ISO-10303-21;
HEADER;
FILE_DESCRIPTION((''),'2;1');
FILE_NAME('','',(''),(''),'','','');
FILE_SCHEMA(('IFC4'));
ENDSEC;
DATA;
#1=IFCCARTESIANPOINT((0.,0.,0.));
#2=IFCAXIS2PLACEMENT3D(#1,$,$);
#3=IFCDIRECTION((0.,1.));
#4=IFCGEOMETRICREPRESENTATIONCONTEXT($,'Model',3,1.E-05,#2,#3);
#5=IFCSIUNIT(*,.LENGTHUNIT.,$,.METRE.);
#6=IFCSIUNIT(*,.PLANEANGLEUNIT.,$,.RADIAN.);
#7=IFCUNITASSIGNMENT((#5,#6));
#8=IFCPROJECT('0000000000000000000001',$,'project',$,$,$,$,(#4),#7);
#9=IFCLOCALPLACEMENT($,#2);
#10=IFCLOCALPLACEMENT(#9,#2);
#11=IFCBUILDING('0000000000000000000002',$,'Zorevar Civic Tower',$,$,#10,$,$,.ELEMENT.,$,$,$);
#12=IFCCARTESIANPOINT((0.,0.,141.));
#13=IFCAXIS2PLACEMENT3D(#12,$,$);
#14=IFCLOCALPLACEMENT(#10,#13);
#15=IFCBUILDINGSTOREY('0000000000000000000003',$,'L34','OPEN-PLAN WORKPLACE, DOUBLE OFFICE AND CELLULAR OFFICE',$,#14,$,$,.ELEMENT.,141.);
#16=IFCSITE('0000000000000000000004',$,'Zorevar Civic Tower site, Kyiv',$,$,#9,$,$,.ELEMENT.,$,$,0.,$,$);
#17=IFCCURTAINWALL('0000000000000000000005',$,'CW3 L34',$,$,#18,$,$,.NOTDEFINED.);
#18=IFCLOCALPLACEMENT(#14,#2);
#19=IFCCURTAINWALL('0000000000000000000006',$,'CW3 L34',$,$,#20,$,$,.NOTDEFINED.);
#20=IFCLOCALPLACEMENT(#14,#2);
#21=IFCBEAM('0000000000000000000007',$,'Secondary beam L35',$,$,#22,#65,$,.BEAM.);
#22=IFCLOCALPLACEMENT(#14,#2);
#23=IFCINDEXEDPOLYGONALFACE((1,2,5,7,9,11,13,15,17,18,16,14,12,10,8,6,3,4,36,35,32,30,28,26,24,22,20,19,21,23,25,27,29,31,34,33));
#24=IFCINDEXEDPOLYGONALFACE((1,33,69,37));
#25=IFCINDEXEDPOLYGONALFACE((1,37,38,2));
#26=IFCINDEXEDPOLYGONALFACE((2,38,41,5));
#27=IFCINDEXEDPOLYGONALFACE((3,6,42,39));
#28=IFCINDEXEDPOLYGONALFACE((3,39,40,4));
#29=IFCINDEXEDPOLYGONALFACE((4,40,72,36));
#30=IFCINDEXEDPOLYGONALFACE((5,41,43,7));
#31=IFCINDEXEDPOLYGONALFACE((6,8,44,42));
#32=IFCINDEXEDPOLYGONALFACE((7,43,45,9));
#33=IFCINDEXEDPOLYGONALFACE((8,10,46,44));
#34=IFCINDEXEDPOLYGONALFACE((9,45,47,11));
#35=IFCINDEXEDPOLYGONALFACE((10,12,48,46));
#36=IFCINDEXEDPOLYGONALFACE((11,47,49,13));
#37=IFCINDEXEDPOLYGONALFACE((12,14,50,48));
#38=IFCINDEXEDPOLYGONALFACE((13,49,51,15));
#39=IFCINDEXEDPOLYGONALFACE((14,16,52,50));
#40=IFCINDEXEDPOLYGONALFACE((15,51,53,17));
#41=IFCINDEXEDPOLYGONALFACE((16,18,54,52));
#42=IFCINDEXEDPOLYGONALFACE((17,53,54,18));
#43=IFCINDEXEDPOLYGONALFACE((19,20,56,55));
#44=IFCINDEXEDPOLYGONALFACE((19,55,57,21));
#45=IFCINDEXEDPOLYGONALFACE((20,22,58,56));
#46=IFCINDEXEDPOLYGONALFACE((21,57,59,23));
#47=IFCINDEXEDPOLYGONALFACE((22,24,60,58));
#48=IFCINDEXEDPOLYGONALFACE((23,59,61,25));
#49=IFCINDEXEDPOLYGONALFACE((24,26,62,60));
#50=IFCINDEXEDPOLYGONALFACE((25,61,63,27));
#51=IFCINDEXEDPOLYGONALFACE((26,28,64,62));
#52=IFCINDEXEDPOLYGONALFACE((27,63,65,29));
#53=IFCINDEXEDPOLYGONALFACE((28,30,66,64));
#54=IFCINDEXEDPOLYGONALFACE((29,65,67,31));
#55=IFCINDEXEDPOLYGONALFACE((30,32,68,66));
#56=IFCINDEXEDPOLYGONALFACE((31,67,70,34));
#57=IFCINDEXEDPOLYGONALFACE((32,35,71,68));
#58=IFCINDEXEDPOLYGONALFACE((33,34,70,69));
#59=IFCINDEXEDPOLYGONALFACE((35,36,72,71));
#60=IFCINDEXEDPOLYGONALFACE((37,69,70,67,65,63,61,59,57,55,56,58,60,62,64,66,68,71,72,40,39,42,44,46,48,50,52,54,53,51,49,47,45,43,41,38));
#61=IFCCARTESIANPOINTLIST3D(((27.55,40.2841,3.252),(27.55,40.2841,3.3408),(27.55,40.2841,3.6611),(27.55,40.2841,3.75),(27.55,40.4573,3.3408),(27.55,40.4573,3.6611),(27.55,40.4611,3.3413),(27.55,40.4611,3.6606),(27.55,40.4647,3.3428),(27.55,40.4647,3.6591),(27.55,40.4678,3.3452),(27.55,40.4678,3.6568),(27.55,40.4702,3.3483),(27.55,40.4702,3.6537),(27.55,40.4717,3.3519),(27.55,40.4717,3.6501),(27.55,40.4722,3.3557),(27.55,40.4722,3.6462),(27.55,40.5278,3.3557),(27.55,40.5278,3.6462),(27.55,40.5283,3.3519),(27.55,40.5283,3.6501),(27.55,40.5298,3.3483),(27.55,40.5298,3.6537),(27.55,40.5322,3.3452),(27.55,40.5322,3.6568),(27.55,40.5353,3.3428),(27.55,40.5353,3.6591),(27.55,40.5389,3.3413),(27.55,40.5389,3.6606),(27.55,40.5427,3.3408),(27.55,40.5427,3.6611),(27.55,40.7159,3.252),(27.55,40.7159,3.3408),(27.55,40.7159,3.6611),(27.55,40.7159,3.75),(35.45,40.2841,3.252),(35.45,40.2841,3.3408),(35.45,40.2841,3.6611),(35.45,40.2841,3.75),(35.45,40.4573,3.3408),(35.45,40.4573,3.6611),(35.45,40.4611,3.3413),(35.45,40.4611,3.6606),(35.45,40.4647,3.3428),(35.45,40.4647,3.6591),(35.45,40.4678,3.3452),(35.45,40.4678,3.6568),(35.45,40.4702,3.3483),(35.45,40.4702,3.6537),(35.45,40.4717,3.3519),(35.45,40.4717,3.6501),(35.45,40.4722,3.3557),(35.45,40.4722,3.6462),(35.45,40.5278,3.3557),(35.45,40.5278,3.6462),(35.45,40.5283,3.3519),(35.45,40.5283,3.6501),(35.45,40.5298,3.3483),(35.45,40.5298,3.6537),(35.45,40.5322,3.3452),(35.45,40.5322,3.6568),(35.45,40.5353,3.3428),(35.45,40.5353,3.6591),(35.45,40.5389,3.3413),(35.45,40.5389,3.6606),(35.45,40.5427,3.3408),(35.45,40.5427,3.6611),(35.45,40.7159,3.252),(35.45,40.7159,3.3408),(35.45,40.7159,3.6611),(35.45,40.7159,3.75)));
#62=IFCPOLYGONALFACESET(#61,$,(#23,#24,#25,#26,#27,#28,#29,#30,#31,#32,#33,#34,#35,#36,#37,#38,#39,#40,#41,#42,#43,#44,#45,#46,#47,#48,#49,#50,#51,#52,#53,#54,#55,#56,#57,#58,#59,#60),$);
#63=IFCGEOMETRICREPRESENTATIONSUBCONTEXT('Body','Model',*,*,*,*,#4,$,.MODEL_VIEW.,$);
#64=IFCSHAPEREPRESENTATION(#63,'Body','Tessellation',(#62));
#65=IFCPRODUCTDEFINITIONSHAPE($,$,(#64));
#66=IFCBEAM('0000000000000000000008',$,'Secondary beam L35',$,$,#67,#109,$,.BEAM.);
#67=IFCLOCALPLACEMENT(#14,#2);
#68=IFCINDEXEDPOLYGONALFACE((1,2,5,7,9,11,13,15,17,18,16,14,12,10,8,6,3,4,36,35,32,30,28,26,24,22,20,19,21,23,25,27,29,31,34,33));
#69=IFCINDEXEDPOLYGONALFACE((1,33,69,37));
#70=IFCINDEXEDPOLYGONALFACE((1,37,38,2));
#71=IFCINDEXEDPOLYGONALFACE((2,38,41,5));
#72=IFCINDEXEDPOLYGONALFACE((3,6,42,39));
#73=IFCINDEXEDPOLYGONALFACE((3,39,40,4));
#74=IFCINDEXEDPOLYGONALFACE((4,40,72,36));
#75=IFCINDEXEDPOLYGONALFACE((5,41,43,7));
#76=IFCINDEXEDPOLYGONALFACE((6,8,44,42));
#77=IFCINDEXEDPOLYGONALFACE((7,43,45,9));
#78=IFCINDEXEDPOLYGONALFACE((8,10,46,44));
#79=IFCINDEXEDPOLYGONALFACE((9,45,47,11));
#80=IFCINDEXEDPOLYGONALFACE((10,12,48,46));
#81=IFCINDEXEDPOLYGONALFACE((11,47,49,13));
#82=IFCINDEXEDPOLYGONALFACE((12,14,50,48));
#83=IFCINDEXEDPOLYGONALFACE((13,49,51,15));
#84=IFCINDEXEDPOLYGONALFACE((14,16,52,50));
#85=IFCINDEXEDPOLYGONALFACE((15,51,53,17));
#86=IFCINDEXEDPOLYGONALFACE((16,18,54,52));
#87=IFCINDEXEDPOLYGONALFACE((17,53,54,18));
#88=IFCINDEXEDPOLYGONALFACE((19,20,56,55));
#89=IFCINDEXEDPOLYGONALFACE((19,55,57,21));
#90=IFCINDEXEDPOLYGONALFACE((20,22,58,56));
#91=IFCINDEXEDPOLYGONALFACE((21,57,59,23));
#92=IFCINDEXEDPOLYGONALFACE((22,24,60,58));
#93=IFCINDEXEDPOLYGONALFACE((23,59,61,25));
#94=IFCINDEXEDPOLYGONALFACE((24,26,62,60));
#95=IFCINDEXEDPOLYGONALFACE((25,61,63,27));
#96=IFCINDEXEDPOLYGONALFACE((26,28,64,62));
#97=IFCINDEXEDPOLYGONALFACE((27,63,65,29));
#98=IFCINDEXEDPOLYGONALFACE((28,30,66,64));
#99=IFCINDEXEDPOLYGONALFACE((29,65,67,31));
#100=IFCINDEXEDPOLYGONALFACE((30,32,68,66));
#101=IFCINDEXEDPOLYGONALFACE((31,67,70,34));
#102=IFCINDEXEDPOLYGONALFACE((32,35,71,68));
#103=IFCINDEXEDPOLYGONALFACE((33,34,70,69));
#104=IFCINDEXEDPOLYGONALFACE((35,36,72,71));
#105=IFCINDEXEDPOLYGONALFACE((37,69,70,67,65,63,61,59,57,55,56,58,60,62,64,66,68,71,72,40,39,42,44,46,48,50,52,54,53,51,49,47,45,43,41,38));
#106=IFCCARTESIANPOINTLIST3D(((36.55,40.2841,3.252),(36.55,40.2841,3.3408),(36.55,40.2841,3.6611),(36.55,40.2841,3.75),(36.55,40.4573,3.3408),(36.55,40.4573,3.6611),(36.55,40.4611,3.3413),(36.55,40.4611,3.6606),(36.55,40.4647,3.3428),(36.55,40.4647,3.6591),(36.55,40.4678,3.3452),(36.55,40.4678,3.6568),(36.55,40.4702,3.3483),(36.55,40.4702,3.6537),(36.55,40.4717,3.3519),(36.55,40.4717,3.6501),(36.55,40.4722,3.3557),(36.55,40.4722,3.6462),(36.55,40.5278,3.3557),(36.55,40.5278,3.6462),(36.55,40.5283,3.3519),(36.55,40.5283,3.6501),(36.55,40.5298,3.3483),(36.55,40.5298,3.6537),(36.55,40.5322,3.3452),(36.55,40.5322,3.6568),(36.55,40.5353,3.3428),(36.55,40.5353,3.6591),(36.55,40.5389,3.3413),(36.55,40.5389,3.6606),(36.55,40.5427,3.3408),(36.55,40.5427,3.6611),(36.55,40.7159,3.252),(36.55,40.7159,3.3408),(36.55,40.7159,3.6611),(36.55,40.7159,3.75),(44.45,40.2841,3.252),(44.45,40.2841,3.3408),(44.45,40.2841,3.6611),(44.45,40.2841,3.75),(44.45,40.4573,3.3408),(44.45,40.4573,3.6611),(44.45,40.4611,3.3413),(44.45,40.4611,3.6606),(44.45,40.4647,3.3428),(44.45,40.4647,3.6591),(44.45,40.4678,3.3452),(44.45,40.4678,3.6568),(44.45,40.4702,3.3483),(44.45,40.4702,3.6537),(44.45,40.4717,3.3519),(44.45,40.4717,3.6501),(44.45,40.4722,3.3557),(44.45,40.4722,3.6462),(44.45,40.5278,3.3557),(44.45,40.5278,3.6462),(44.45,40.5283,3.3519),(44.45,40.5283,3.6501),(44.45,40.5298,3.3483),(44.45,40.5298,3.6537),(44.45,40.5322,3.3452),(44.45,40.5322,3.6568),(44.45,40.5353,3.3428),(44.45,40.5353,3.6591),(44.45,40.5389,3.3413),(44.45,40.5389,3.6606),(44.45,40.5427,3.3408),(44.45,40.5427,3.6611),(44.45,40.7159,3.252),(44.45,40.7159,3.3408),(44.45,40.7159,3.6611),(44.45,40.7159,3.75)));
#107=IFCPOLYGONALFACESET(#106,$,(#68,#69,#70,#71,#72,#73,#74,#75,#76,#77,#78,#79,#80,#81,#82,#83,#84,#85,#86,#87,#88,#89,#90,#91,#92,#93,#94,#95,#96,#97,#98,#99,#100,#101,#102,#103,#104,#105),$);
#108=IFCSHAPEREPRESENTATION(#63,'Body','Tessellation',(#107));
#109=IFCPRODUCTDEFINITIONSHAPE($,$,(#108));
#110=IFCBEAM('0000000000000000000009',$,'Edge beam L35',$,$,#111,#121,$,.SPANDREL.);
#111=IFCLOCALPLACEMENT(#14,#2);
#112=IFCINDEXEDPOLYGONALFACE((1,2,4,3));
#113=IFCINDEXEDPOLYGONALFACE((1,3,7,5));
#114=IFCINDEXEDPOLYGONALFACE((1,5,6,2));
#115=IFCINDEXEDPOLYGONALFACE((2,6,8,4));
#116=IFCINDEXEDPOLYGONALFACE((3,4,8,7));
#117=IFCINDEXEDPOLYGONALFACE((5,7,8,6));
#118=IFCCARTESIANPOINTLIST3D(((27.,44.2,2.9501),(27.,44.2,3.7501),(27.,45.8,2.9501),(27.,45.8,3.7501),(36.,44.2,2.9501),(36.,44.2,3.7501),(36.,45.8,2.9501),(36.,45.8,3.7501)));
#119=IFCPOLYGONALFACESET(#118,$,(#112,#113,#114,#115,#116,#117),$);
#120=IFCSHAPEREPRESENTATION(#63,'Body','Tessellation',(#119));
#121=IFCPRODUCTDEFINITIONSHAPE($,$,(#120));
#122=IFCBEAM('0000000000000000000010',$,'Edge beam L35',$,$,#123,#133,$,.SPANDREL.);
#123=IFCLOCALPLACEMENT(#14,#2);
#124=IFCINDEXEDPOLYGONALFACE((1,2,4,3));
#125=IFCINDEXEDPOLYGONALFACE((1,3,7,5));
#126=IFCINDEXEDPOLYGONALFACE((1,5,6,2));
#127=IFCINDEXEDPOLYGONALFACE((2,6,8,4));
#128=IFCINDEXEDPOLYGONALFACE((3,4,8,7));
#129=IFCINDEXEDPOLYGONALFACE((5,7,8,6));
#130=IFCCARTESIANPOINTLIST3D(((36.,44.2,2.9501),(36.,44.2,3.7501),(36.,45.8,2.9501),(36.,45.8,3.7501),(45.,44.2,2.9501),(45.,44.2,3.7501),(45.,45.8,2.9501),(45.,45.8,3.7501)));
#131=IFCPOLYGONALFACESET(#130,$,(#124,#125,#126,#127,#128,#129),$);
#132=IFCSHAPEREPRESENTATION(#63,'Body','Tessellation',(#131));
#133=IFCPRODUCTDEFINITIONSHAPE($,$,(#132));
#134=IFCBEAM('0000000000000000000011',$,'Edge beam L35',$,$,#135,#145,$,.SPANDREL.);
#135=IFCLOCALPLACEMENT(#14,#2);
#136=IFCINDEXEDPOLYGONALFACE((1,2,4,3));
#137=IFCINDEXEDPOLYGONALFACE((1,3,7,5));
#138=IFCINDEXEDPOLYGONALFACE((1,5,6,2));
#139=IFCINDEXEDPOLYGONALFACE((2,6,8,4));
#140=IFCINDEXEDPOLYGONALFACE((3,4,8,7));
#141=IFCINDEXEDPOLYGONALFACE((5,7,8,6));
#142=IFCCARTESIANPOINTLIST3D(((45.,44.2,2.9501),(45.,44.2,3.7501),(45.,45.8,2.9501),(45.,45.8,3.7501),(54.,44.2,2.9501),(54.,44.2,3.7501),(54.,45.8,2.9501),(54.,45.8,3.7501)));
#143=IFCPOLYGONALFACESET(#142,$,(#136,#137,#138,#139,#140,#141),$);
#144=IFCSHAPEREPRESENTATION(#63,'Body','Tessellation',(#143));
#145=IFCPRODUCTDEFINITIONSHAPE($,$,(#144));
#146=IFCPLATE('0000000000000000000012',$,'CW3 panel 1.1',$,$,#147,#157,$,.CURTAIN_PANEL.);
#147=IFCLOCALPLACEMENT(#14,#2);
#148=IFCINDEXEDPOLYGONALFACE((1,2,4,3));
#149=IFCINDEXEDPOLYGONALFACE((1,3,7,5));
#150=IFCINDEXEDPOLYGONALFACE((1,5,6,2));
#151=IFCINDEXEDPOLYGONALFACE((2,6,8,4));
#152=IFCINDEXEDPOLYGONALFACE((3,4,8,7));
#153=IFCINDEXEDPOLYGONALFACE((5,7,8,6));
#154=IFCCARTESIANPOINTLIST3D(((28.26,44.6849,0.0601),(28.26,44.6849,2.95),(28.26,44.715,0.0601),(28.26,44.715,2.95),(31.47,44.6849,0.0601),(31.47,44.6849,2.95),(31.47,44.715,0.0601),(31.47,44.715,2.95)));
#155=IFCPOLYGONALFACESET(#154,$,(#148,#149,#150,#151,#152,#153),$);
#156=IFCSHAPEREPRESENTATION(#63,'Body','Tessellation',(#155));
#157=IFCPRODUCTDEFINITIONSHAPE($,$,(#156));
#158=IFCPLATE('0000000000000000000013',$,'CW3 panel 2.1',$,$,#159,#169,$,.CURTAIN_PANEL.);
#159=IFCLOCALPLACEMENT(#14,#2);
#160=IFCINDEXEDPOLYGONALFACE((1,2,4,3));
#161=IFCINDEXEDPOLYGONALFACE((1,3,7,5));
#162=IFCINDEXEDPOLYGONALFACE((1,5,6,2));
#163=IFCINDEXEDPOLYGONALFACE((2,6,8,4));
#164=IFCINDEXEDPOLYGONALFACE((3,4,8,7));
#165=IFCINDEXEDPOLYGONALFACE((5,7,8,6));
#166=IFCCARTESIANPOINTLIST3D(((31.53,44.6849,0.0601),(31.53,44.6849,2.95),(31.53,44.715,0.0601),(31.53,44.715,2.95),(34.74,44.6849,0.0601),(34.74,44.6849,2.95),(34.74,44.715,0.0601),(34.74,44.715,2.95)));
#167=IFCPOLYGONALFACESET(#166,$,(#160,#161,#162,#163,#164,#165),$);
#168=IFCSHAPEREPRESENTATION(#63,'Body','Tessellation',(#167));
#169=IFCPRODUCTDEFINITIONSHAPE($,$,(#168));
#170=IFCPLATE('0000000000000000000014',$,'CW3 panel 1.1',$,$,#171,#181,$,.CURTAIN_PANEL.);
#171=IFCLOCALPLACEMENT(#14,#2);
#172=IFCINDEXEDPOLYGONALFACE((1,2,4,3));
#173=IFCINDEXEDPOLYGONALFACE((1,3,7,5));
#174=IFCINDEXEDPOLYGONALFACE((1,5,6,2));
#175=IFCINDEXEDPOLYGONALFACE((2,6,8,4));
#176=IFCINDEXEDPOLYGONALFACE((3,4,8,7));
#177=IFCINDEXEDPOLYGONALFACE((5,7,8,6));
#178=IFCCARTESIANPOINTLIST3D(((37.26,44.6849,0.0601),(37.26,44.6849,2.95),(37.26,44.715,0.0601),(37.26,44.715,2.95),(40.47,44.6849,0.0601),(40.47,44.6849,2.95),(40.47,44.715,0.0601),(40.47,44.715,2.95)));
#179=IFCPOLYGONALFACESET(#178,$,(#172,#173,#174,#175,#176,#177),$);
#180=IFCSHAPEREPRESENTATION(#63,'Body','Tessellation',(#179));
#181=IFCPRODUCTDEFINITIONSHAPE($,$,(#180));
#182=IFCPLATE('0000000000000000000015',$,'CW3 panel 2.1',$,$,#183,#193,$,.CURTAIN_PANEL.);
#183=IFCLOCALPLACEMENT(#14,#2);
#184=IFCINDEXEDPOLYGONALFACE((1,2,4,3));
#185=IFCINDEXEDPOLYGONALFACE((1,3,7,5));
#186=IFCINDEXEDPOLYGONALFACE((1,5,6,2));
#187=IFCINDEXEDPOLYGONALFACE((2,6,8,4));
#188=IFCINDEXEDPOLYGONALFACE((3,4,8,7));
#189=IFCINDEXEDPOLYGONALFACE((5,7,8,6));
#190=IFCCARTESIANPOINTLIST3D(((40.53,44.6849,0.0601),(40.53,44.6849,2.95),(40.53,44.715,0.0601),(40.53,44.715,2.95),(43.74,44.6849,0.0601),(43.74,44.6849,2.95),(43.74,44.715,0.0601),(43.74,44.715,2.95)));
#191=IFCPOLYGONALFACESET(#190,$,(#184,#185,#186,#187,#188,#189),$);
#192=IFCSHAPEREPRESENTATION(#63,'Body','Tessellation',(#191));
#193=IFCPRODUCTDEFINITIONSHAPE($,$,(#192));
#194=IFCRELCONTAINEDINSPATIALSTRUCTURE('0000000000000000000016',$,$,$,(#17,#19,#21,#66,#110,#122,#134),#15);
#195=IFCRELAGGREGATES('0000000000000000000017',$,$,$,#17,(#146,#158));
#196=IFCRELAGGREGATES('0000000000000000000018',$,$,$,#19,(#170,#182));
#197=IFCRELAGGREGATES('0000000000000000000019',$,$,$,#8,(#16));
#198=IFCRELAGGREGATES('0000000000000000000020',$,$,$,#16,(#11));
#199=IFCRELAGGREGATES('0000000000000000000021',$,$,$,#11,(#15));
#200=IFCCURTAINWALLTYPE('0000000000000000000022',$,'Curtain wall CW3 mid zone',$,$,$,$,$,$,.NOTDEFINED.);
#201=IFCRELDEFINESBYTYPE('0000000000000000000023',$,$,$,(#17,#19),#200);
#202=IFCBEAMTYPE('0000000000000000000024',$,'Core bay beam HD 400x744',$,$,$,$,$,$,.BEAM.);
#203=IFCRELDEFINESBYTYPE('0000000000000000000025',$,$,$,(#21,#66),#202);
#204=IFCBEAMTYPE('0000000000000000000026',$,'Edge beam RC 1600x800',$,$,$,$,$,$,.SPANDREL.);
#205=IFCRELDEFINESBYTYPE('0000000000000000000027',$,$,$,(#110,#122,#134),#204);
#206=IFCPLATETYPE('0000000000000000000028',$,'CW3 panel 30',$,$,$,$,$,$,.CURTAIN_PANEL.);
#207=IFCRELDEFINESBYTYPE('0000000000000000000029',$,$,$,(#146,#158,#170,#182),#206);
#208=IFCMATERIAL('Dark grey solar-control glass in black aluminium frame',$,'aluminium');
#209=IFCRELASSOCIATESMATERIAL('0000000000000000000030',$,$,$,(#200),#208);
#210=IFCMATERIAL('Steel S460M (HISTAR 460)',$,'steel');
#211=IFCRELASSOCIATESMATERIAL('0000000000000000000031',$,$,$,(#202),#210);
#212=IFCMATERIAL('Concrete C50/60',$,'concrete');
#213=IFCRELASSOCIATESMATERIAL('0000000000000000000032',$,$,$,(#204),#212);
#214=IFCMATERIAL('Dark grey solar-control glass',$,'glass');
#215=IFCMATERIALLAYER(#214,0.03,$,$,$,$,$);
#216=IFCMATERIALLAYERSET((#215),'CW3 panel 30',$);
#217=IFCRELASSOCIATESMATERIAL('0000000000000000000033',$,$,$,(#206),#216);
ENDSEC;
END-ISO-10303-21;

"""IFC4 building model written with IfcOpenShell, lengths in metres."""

from ifc_helpers import new_model, si_unit, direction, frame, origin, origin_2d, place, context, subcontext, project, spatial, rectangle, i_section, extrude, material, layer, layer_set, material_profile, profile_set, type_object, element, aggregate, save


model = new_model("IFC4")

# Units and contexts
model_context = context("Model", 3, precision=1e-05, world=origin(), true_north=direction((0.0, 1.0)))
body_context = subcontext(model_context, "Body", "Model", "MODEL_VIEW")
ifc_project = project(units=[si_unit("LENGTHUNIT", "METRE"), si_unit("PLANEANGLEUNIT", "RADIAN")], contexts=[model_context])

# Site, building, storey
site_placement = place(None, origin())
site = spatial("IfcSite", under=ifc_project, at=site_placement, Name="Zorevar Civic Tower site, Kyiv", CompositionType="ELEMENT", RefElevation=0.0)
building_placement = place(site_placement, origin())
building = spatial("IfcBuilding", under=site, at=building_placement, Name="Zorevar Civic Tower", CompositionType="ELEMENT")
storey_placement = place(building_placement, frame((0.0, 0.0, 141.0)))
storey = spatial("IfcBuildingStorey", under=building, at=storey_placement, Name="L34", Description="OPEN-PLAN WORKPLACE, DOUBLE OFFICE AND CELLULAR OFFICE", CompositionType="ELEMENT", Elevation=141.0)

# Shared definitions
ifc_material_1 = material(Name="Dark grey solar-control glass in black aluminium frame", Category="aluminium")
curtain_wall_type = type_object("IfcCurtainWallType", Name="Curtain wall CW3 mid zone", PredefinedType="NOTDEFINED", material=ifc_material_1)

# Curtain walls
curtain_wall_1_placement = place(storey_placement, origin())
curtain_wall_1 = element("IfcCurtainWall", 1, at=curtain_wall_1_placement, inside=storey, type_object=curtain_wall_type, Name="CW3 L34", PredefinedType="NOTDEFINED")
curtain_wall_2_placement = place(storey_placement, origin())
curtain_wall_2 = element("IfcCurtainWall", 2, at=curtain_wall_2_placement, inside=storey, type_object=curtain_wall_type, Name="CW3 L34", PredefinedType="NOTDEFINED")

# Beams
ifc_material_2 = material(Name="Steel S460M (HISTAR 460)", Category="steel")
ifc_material_profile_1 = material_profile(ifc_material_2, i_section(OverallWidth=0.4319, OverallDepth=0.498, WebThickness=0.0557, FlangeThickness=0.0889, FilletRadius=0.0149, at=origin_2d()), Name="HD 400x744")
ifc_profile_set_1 = profile_set([ifc_material_profile_1], Name="Steel S460M (HISTAR 460)")
beam_type_1 = type_object("IfcBeamType", Name="Core bay beam HD 400x744", PredefinedType="BEAM", material=ifc_profile_set_1)
for number, where, z_axis, x_axis, name in (
    (3, (27.55, 40.5, 3.501), (1.0, 0.0, 0.0), (0.0, 1.0, 0.0), "Secondary beam L35"),
    (4, (36.55, 40.5, 3.501), (1.0, 0.0, 0.0), (0.0, 1.0, 0.0), "Secondary beam L35"),
):
    element("IfcBeam", number, at=place(storey_placement, frame(where, z_axis=z_axis, x_axis=x_axis)), inside=storey, type_object=beam_type_1, Name=name, PredefinedType="BEAM", context=body_context, shape_type="SweptSolid", body=[
        extrude(i_section(OverallWidth=0.4319, OverallDepth=0.498, WebThickness=0.0557, FlangeThickness=0.0889, FilletRadius=0.0149, at=origin_2d()), origin(), (0.0, 0.0, 1.0), 7.8999),
    ])
ifc_material_3 = material(Name="Concrete C50/60", Category="concrete")
ifc_material_profile_2 = material_profile(ifc_material_3, rectangle(XDim=1.6001, YDim=0.8, at=origin_2d()), Name="RC 1600x800")
ifc_profile_set_2 = profile_set([ifc_material_profile_2], Name="Concrete C50/60")
beam_type_2 = type_object("IfcBeamType", Name="Edge beam RC 1600x800", PredefinedType="SPANDREL", material=ifc_profile_set_2)
for number, where, z_axis, x_axis, name in (
    (5, (27.0, 45.0, 3.3501), (1.0, 0.0, 0.0), (0.0, 1.0, 0.0), "Edge beam L35"),
    (6, (36.0, 45.0, 3.3501), (1.0, 0.0, 0.0), (0.0, 1.0, 0.0), "Edge beam L35"),
    (7, (45.0, 45.0, 3.3501), (1.0, 0.0, 0.0), (0.0, 1.0, 0.0), "Edge beam L35"),
):
    element("IfcBeam", number, at=place(storey_placement, frame(where, z_axis=z_axis, x_axis=x_axis)), inside=storey, type_object=beam_type_2, Name=name, PredefinedType="SPANDREL", context=body_context, shape_type="SweptSolid", body=[
        extrude(rectangle(XDim=1.6001, YDim=0.8, at=origin_2d()), origin(), (0.0, 0.0, 1.0), 9.0),
    ])

# Plates
ifc_material_4 = material(Name="Dark grey solar-control glass", Category="glass")
ifc_layer_1 = layer(ifc_material_4, 0.03)
ifc_layer_set_1 = layer_set([ifc_layer_1], Name="CW3 panel 30")
plate_type = type_object("IfcPlateType", Name="CW3 panel 30", PredefinedType="CURTAIN_PANEL", material=ifc_layer_set_1)
plate_1_placement = place(storey_placement, frame((29.865, 44.7, 0.0601), z_axis=(0.0, 0.0, 1.0), x_axis=(1.0, 0.0, 0.0)))
plate_1 = element("IfcPlate", 8, at=plate_1_placement, type_object=plate_type, Name="CW3 panel 1.1", PredefinedType="CURTAIN_PANEL", context=body_context, shape_type="SweptSolid", body=[
    extrude(rectangle(XDim=3.21, YDim=0.03, at=origin_2d()), origin(), (0.0, 0.0, 1.0), 2.8899),
])
plate_2_placement = place(storey_placement, frame((33.135, 44.7, 0.0601), z_axis=(0.0, 0.0, 1.0), x_axis=(1.0, 0.0, 0.0)))
plate_2 = element("IfcPlate", 9, at=plate_2_placement, type_object=plate_type, Name="CW3 panel 2.1", PredefinedType="CURTAIN_PANEL", context=body_context, shape_type="SweptSolid", body=[
    extrude(rectangle(XDim=3.21, YDim=0.03, at=origin_2d()), origin(), (0.0, 0.0, 1.0), 2.8899),
])
aggregate(curtain_wall_1, [plate_1, plate_2])
plate_3_placement = place(storey_placement, frame((38.865, 44.7, 0.0601), z_axis=(0.0, 0.0, 1.0), x_axis=(1.0, 0.0, 0.0)))
plate_3 = element("IfcPlate", 10, at=plate_3_placement, type_object=plate_type, Name="CW3 panel 1.1", PredefinedType="CURTAIN_PANEL", context=body_context, shape_type="SweptSolid", body=[
    extrude(rectangle(XDim=3.21, YDim=0.03, at=origin_2d()), origin(), (0.0, 0.0, 1.0), 2.8899),
])
plate_4_placement = place(storey_placement, frame((42.135, 44.7, 0.0601), z_axis=(0.0, 0.0, 1.0), x_axis=(1.0, 0.0, 0.0)))
plate_4 = element("IfcPlate", 11, at=plate_4_placement, type_object=plate_type, Name="CW3 panel 2.1", PredefinedType="CURTAIN_PANEL", context=body_context, shape_type="SweptSolid", body=[
    extrude(rectangle(XDim=3.21, YDim=0.03, at=origin_2d()), origin(), (0.0, 0.0, 1.0), 2.8899),
])
aggregate(curtain_wall_2, [plate_3, plate_4])

save(model, "model.ifc")
